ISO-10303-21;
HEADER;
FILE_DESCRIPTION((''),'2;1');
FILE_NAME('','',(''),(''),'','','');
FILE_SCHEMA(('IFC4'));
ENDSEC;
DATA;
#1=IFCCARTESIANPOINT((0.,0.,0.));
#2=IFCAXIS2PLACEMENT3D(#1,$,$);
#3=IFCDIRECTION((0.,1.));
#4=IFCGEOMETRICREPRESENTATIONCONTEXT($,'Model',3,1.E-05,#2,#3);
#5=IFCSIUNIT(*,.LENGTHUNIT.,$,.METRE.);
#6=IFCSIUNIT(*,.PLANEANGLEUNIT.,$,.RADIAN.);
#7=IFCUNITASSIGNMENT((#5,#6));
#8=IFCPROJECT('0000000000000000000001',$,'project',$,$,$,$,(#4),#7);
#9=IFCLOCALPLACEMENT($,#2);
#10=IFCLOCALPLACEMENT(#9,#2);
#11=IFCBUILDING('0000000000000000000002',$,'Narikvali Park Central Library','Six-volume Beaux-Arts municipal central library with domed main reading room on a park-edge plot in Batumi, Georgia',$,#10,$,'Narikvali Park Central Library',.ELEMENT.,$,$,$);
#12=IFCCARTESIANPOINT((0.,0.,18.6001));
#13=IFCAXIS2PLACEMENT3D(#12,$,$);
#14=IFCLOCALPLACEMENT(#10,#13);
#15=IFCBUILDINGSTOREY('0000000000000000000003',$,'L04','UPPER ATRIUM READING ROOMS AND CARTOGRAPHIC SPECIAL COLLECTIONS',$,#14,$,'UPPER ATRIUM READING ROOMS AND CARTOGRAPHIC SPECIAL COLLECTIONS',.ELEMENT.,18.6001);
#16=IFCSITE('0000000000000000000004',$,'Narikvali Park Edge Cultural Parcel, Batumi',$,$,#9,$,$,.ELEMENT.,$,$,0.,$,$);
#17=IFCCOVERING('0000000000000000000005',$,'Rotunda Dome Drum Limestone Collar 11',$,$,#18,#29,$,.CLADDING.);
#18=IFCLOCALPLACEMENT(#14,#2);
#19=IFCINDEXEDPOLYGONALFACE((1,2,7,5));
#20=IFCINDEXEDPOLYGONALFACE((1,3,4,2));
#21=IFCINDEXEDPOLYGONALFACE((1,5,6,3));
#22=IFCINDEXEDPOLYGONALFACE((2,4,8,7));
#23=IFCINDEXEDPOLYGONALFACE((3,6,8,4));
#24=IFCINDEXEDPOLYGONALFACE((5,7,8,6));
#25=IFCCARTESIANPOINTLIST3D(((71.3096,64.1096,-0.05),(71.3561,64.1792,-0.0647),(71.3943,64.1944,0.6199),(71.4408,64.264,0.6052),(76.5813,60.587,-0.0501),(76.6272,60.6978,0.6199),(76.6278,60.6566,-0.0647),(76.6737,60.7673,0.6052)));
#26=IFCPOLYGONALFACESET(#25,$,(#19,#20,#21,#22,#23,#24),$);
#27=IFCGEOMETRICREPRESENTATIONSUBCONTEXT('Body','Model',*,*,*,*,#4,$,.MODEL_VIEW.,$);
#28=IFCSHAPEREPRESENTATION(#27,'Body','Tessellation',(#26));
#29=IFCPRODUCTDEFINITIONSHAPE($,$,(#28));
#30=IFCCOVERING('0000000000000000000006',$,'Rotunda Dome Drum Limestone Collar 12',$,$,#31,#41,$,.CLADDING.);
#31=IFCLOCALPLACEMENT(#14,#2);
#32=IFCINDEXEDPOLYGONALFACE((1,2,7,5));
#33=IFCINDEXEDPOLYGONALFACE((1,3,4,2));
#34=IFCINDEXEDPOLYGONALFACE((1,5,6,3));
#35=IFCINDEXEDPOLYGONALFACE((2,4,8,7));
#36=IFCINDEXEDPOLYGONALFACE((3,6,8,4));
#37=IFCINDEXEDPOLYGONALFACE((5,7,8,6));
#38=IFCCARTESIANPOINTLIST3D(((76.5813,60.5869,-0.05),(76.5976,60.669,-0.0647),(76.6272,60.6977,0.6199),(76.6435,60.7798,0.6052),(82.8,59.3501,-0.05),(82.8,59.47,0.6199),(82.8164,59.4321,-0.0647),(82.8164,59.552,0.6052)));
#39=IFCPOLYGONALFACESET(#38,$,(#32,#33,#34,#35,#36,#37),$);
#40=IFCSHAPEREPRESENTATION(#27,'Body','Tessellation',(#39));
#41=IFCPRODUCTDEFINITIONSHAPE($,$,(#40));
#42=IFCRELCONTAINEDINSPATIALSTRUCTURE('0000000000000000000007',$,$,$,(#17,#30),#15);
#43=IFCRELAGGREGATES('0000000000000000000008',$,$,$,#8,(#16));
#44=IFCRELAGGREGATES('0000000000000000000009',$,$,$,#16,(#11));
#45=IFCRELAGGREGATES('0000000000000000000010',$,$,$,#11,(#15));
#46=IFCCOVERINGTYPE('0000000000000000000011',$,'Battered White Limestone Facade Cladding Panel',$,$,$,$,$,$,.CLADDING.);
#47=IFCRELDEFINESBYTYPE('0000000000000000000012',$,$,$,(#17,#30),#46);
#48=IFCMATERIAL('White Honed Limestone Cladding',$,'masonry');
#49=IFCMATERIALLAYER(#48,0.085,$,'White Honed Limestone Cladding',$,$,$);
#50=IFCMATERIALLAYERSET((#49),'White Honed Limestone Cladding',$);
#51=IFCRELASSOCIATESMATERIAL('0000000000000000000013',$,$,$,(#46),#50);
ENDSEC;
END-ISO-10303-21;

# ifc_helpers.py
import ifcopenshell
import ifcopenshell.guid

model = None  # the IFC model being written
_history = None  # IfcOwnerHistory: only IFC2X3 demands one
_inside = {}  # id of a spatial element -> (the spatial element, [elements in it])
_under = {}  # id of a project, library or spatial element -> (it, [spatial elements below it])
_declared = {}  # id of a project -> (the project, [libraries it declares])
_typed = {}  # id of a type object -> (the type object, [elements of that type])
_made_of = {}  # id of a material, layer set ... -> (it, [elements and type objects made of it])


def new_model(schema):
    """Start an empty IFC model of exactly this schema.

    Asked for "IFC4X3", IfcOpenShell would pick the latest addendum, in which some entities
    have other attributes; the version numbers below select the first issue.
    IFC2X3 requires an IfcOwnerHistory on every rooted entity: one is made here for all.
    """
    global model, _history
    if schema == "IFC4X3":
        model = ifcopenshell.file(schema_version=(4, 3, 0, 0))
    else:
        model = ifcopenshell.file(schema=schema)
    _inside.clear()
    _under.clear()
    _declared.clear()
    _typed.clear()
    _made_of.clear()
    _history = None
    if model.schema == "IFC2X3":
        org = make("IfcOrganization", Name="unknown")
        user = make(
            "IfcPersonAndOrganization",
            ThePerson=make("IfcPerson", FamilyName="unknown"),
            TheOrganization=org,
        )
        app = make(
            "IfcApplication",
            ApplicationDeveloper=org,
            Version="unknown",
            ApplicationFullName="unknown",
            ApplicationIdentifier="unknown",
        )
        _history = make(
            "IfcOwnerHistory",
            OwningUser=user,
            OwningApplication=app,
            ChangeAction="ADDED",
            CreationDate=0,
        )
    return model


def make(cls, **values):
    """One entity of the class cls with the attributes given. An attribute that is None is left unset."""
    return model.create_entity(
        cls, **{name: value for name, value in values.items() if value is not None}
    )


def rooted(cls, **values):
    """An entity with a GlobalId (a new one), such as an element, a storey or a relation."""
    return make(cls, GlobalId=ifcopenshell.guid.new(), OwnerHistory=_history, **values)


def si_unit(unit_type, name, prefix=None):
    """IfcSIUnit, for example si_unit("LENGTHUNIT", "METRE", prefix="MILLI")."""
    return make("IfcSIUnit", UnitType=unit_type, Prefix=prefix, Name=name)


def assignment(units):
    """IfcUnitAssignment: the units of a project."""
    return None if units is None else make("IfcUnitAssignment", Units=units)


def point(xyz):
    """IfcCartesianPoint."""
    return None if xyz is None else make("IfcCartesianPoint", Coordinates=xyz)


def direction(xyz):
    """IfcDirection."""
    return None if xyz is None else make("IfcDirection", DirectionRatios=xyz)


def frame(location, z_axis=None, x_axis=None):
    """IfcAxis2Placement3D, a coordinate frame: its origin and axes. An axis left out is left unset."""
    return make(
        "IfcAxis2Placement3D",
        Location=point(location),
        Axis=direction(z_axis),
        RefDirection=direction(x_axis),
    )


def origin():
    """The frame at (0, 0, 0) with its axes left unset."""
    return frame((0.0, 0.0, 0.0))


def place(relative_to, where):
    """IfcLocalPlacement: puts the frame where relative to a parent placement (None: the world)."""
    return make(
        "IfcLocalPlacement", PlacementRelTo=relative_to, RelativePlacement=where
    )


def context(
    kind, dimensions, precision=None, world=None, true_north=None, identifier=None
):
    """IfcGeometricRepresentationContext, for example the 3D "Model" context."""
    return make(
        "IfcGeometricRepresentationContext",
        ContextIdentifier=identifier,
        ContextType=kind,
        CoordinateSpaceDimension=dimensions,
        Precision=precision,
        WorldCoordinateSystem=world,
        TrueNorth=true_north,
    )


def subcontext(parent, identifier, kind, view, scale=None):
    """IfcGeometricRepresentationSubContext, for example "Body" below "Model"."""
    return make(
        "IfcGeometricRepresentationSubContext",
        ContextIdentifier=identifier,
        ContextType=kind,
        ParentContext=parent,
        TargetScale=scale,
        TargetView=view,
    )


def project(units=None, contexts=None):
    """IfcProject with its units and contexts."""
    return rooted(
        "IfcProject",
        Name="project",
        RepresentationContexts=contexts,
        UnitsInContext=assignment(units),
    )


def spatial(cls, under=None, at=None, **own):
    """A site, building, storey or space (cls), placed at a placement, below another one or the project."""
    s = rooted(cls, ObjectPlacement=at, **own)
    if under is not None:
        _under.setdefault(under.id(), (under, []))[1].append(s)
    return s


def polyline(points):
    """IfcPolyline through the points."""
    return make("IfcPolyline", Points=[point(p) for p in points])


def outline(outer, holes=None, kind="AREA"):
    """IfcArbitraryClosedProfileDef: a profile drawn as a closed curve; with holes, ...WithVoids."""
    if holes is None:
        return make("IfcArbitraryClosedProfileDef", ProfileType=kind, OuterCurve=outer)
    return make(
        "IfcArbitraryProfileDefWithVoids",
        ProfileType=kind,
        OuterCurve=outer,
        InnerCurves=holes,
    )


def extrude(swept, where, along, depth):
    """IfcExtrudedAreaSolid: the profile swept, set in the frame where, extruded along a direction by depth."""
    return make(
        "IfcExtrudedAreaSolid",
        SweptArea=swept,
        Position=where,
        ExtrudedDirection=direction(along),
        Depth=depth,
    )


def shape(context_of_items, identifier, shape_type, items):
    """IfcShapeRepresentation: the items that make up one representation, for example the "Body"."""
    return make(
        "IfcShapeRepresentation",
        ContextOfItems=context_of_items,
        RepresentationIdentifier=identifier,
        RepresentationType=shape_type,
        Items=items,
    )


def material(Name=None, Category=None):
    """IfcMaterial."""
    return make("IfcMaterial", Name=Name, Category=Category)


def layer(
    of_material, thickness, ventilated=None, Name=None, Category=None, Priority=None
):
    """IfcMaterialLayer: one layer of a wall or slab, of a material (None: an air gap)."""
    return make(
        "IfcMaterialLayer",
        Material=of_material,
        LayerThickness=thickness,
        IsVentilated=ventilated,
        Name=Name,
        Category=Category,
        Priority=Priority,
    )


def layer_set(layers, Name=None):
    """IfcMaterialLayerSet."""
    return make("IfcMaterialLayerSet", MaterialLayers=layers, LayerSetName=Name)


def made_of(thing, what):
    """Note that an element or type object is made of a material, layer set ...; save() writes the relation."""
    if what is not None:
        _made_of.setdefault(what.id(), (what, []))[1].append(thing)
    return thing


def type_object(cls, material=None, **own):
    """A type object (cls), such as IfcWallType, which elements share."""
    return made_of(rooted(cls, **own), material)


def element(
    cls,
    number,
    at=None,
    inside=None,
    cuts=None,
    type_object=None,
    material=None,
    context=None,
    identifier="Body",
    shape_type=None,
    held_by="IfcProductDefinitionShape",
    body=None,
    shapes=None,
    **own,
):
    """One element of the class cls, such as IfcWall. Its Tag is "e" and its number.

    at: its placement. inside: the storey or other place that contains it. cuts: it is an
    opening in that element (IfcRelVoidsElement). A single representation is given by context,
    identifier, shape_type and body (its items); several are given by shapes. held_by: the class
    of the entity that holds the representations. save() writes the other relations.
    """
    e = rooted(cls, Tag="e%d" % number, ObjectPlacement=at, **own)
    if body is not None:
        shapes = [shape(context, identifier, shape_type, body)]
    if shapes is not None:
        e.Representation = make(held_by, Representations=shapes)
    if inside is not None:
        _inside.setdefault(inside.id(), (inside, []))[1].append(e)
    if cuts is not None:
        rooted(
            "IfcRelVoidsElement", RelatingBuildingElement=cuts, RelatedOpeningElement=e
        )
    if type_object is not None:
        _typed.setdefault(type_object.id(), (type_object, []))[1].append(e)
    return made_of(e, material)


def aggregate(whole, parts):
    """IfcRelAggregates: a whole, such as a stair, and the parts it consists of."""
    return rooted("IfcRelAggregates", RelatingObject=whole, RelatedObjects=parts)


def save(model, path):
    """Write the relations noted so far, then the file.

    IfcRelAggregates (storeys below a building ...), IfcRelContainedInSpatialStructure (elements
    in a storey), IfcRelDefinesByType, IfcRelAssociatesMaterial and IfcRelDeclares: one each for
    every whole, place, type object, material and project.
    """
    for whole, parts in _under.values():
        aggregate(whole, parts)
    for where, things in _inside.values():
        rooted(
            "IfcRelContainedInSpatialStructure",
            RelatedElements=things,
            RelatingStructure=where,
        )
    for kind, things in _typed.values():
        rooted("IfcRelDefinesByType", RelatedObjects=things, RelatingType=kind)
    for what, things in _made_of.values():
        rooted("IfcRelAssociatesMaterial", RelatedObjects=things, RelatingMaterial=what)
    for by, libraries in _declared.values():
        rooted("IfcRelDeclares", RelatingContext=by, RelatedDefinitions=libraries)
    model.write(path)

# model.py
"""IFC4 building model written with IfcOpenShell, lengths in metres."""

from ifc_helpers import new_model, si_unit, direction, frame, origin, place, context, subcontext, project, spatial, polyline, outline, extrude, material, layer, layer_set, type_object, element, save


model = new_model("IFC4")

# Units and contexts
model_context = context("Model", 3, precision=1e-05, world=origin(), true_north=direction((0.0, 1.0)))
body_context = subcontext(model_context, "Body", "Model", "MODEL_VIEW")
ifc_project = project(units=[si_unit("LENGTHUNIT", "METRE"), si_unit("PLANEANGLEUNIT", "RADIAN")], contexts=[model_context])

# Site, building, storey
site_placement = place(None, origin())
site = spatial("IfcSite", under=ifc_project, at=site_placement, Name="Narikvali Park Edge Cultural Parcel, Batumi", CompositionType="ELEMENT", RefElevation=0.0)
building_placement = place(site_placement, origin())
building = spatial("IfcBuilding", under=site, at=building_placement, Name="Narikvali Park Central Library", Description="Six-volume Beaux-Arts municipal central library with domed main reading room on a park-edge plot in Batumi, Georgia", LongName="Narikvali Park Central Library", CompositionType="ELEMENT")
storey_placement = place(building_placement, frame((0.0, 0.0, 18.6001)))
storey = spatial("IfcBuildingStorey", under=building, at=storey_placement, Name="L04", Description="UPPER ATRIUM READING ROOMS AND CARTOGRAPHIC SPECIAL COLLECTIONS", LongName="UPPER ATRIUM READING ROOMS AND CARTOGRAPHIC SPECIAL COLLECTIONS", CompositionType="ELEMENT", Elevation=18.6001)

# Coverings
ifc_material_1 = material(Name="White Honed Limestone Cladding", Category="masonry")
ifc_layer_1 = layer(ifc_material_1, 0.085, Name="White Honed Limestone Cladding")
ifc_layer_set_1 = layer_set([ifc_layer_1], Name="White Honed Limestone Cladding")
covering_type = type_object("IfcCoveringType", Name="Battered White Limestone Facade Cladding Panel", PredefinedType="CLADDING", material=ifc_layer_set_1)
covering_1_placement = place(storey_placement, frame((71.3096, 64.1096, -0.05), z_axis=(-0.547222, -0.81894, 0.172874), x_axis=(0.831458, -0.555588, -0.000002)))
element("IfcCovering", 1, at=covering_1_placement, inside=storey, type_object=covering_type, Name="Rotunda Dome Drum Limestone Collar 11", PredefinedType="CLADDING", context=body_context, shape_type="SweptSolid", body=[
    extrude(outline(polyline([(0.0, 0.0), (6.3404, 0.0), (6.317, 0.6802), (0.0234, 0.6801), (0.0, 0.0)])), origin(), (0.0, 0.0, -1.0), 0.085),
])
covering_2_placement = place(storey_placement, frame((76.5813, 60.5869, -0.05), z_axis=(-0.192133, -0.966014, 0.172923), x_axis=(0.980789, -0.195072, 0.000001)))
element("IfcCovering", 2, at=covering_2_placement, inside=storey, type_object=covering_type, Name="Rotunda Dome Drum Limestone Collar 12", PredefinedType="CLADDING", context=body_context, shape_type="SweptSolid", body=[
    extrude(outline(polyline([(0.0, 0.0), (6.3405, 0.0), (6.3172, 0.6802), (0.0234, 0.6802), (0.0, 0.0)])), origin(), (0.0, 0.0, -1.0), 0.085),
])

save(model, "model.ifc")
